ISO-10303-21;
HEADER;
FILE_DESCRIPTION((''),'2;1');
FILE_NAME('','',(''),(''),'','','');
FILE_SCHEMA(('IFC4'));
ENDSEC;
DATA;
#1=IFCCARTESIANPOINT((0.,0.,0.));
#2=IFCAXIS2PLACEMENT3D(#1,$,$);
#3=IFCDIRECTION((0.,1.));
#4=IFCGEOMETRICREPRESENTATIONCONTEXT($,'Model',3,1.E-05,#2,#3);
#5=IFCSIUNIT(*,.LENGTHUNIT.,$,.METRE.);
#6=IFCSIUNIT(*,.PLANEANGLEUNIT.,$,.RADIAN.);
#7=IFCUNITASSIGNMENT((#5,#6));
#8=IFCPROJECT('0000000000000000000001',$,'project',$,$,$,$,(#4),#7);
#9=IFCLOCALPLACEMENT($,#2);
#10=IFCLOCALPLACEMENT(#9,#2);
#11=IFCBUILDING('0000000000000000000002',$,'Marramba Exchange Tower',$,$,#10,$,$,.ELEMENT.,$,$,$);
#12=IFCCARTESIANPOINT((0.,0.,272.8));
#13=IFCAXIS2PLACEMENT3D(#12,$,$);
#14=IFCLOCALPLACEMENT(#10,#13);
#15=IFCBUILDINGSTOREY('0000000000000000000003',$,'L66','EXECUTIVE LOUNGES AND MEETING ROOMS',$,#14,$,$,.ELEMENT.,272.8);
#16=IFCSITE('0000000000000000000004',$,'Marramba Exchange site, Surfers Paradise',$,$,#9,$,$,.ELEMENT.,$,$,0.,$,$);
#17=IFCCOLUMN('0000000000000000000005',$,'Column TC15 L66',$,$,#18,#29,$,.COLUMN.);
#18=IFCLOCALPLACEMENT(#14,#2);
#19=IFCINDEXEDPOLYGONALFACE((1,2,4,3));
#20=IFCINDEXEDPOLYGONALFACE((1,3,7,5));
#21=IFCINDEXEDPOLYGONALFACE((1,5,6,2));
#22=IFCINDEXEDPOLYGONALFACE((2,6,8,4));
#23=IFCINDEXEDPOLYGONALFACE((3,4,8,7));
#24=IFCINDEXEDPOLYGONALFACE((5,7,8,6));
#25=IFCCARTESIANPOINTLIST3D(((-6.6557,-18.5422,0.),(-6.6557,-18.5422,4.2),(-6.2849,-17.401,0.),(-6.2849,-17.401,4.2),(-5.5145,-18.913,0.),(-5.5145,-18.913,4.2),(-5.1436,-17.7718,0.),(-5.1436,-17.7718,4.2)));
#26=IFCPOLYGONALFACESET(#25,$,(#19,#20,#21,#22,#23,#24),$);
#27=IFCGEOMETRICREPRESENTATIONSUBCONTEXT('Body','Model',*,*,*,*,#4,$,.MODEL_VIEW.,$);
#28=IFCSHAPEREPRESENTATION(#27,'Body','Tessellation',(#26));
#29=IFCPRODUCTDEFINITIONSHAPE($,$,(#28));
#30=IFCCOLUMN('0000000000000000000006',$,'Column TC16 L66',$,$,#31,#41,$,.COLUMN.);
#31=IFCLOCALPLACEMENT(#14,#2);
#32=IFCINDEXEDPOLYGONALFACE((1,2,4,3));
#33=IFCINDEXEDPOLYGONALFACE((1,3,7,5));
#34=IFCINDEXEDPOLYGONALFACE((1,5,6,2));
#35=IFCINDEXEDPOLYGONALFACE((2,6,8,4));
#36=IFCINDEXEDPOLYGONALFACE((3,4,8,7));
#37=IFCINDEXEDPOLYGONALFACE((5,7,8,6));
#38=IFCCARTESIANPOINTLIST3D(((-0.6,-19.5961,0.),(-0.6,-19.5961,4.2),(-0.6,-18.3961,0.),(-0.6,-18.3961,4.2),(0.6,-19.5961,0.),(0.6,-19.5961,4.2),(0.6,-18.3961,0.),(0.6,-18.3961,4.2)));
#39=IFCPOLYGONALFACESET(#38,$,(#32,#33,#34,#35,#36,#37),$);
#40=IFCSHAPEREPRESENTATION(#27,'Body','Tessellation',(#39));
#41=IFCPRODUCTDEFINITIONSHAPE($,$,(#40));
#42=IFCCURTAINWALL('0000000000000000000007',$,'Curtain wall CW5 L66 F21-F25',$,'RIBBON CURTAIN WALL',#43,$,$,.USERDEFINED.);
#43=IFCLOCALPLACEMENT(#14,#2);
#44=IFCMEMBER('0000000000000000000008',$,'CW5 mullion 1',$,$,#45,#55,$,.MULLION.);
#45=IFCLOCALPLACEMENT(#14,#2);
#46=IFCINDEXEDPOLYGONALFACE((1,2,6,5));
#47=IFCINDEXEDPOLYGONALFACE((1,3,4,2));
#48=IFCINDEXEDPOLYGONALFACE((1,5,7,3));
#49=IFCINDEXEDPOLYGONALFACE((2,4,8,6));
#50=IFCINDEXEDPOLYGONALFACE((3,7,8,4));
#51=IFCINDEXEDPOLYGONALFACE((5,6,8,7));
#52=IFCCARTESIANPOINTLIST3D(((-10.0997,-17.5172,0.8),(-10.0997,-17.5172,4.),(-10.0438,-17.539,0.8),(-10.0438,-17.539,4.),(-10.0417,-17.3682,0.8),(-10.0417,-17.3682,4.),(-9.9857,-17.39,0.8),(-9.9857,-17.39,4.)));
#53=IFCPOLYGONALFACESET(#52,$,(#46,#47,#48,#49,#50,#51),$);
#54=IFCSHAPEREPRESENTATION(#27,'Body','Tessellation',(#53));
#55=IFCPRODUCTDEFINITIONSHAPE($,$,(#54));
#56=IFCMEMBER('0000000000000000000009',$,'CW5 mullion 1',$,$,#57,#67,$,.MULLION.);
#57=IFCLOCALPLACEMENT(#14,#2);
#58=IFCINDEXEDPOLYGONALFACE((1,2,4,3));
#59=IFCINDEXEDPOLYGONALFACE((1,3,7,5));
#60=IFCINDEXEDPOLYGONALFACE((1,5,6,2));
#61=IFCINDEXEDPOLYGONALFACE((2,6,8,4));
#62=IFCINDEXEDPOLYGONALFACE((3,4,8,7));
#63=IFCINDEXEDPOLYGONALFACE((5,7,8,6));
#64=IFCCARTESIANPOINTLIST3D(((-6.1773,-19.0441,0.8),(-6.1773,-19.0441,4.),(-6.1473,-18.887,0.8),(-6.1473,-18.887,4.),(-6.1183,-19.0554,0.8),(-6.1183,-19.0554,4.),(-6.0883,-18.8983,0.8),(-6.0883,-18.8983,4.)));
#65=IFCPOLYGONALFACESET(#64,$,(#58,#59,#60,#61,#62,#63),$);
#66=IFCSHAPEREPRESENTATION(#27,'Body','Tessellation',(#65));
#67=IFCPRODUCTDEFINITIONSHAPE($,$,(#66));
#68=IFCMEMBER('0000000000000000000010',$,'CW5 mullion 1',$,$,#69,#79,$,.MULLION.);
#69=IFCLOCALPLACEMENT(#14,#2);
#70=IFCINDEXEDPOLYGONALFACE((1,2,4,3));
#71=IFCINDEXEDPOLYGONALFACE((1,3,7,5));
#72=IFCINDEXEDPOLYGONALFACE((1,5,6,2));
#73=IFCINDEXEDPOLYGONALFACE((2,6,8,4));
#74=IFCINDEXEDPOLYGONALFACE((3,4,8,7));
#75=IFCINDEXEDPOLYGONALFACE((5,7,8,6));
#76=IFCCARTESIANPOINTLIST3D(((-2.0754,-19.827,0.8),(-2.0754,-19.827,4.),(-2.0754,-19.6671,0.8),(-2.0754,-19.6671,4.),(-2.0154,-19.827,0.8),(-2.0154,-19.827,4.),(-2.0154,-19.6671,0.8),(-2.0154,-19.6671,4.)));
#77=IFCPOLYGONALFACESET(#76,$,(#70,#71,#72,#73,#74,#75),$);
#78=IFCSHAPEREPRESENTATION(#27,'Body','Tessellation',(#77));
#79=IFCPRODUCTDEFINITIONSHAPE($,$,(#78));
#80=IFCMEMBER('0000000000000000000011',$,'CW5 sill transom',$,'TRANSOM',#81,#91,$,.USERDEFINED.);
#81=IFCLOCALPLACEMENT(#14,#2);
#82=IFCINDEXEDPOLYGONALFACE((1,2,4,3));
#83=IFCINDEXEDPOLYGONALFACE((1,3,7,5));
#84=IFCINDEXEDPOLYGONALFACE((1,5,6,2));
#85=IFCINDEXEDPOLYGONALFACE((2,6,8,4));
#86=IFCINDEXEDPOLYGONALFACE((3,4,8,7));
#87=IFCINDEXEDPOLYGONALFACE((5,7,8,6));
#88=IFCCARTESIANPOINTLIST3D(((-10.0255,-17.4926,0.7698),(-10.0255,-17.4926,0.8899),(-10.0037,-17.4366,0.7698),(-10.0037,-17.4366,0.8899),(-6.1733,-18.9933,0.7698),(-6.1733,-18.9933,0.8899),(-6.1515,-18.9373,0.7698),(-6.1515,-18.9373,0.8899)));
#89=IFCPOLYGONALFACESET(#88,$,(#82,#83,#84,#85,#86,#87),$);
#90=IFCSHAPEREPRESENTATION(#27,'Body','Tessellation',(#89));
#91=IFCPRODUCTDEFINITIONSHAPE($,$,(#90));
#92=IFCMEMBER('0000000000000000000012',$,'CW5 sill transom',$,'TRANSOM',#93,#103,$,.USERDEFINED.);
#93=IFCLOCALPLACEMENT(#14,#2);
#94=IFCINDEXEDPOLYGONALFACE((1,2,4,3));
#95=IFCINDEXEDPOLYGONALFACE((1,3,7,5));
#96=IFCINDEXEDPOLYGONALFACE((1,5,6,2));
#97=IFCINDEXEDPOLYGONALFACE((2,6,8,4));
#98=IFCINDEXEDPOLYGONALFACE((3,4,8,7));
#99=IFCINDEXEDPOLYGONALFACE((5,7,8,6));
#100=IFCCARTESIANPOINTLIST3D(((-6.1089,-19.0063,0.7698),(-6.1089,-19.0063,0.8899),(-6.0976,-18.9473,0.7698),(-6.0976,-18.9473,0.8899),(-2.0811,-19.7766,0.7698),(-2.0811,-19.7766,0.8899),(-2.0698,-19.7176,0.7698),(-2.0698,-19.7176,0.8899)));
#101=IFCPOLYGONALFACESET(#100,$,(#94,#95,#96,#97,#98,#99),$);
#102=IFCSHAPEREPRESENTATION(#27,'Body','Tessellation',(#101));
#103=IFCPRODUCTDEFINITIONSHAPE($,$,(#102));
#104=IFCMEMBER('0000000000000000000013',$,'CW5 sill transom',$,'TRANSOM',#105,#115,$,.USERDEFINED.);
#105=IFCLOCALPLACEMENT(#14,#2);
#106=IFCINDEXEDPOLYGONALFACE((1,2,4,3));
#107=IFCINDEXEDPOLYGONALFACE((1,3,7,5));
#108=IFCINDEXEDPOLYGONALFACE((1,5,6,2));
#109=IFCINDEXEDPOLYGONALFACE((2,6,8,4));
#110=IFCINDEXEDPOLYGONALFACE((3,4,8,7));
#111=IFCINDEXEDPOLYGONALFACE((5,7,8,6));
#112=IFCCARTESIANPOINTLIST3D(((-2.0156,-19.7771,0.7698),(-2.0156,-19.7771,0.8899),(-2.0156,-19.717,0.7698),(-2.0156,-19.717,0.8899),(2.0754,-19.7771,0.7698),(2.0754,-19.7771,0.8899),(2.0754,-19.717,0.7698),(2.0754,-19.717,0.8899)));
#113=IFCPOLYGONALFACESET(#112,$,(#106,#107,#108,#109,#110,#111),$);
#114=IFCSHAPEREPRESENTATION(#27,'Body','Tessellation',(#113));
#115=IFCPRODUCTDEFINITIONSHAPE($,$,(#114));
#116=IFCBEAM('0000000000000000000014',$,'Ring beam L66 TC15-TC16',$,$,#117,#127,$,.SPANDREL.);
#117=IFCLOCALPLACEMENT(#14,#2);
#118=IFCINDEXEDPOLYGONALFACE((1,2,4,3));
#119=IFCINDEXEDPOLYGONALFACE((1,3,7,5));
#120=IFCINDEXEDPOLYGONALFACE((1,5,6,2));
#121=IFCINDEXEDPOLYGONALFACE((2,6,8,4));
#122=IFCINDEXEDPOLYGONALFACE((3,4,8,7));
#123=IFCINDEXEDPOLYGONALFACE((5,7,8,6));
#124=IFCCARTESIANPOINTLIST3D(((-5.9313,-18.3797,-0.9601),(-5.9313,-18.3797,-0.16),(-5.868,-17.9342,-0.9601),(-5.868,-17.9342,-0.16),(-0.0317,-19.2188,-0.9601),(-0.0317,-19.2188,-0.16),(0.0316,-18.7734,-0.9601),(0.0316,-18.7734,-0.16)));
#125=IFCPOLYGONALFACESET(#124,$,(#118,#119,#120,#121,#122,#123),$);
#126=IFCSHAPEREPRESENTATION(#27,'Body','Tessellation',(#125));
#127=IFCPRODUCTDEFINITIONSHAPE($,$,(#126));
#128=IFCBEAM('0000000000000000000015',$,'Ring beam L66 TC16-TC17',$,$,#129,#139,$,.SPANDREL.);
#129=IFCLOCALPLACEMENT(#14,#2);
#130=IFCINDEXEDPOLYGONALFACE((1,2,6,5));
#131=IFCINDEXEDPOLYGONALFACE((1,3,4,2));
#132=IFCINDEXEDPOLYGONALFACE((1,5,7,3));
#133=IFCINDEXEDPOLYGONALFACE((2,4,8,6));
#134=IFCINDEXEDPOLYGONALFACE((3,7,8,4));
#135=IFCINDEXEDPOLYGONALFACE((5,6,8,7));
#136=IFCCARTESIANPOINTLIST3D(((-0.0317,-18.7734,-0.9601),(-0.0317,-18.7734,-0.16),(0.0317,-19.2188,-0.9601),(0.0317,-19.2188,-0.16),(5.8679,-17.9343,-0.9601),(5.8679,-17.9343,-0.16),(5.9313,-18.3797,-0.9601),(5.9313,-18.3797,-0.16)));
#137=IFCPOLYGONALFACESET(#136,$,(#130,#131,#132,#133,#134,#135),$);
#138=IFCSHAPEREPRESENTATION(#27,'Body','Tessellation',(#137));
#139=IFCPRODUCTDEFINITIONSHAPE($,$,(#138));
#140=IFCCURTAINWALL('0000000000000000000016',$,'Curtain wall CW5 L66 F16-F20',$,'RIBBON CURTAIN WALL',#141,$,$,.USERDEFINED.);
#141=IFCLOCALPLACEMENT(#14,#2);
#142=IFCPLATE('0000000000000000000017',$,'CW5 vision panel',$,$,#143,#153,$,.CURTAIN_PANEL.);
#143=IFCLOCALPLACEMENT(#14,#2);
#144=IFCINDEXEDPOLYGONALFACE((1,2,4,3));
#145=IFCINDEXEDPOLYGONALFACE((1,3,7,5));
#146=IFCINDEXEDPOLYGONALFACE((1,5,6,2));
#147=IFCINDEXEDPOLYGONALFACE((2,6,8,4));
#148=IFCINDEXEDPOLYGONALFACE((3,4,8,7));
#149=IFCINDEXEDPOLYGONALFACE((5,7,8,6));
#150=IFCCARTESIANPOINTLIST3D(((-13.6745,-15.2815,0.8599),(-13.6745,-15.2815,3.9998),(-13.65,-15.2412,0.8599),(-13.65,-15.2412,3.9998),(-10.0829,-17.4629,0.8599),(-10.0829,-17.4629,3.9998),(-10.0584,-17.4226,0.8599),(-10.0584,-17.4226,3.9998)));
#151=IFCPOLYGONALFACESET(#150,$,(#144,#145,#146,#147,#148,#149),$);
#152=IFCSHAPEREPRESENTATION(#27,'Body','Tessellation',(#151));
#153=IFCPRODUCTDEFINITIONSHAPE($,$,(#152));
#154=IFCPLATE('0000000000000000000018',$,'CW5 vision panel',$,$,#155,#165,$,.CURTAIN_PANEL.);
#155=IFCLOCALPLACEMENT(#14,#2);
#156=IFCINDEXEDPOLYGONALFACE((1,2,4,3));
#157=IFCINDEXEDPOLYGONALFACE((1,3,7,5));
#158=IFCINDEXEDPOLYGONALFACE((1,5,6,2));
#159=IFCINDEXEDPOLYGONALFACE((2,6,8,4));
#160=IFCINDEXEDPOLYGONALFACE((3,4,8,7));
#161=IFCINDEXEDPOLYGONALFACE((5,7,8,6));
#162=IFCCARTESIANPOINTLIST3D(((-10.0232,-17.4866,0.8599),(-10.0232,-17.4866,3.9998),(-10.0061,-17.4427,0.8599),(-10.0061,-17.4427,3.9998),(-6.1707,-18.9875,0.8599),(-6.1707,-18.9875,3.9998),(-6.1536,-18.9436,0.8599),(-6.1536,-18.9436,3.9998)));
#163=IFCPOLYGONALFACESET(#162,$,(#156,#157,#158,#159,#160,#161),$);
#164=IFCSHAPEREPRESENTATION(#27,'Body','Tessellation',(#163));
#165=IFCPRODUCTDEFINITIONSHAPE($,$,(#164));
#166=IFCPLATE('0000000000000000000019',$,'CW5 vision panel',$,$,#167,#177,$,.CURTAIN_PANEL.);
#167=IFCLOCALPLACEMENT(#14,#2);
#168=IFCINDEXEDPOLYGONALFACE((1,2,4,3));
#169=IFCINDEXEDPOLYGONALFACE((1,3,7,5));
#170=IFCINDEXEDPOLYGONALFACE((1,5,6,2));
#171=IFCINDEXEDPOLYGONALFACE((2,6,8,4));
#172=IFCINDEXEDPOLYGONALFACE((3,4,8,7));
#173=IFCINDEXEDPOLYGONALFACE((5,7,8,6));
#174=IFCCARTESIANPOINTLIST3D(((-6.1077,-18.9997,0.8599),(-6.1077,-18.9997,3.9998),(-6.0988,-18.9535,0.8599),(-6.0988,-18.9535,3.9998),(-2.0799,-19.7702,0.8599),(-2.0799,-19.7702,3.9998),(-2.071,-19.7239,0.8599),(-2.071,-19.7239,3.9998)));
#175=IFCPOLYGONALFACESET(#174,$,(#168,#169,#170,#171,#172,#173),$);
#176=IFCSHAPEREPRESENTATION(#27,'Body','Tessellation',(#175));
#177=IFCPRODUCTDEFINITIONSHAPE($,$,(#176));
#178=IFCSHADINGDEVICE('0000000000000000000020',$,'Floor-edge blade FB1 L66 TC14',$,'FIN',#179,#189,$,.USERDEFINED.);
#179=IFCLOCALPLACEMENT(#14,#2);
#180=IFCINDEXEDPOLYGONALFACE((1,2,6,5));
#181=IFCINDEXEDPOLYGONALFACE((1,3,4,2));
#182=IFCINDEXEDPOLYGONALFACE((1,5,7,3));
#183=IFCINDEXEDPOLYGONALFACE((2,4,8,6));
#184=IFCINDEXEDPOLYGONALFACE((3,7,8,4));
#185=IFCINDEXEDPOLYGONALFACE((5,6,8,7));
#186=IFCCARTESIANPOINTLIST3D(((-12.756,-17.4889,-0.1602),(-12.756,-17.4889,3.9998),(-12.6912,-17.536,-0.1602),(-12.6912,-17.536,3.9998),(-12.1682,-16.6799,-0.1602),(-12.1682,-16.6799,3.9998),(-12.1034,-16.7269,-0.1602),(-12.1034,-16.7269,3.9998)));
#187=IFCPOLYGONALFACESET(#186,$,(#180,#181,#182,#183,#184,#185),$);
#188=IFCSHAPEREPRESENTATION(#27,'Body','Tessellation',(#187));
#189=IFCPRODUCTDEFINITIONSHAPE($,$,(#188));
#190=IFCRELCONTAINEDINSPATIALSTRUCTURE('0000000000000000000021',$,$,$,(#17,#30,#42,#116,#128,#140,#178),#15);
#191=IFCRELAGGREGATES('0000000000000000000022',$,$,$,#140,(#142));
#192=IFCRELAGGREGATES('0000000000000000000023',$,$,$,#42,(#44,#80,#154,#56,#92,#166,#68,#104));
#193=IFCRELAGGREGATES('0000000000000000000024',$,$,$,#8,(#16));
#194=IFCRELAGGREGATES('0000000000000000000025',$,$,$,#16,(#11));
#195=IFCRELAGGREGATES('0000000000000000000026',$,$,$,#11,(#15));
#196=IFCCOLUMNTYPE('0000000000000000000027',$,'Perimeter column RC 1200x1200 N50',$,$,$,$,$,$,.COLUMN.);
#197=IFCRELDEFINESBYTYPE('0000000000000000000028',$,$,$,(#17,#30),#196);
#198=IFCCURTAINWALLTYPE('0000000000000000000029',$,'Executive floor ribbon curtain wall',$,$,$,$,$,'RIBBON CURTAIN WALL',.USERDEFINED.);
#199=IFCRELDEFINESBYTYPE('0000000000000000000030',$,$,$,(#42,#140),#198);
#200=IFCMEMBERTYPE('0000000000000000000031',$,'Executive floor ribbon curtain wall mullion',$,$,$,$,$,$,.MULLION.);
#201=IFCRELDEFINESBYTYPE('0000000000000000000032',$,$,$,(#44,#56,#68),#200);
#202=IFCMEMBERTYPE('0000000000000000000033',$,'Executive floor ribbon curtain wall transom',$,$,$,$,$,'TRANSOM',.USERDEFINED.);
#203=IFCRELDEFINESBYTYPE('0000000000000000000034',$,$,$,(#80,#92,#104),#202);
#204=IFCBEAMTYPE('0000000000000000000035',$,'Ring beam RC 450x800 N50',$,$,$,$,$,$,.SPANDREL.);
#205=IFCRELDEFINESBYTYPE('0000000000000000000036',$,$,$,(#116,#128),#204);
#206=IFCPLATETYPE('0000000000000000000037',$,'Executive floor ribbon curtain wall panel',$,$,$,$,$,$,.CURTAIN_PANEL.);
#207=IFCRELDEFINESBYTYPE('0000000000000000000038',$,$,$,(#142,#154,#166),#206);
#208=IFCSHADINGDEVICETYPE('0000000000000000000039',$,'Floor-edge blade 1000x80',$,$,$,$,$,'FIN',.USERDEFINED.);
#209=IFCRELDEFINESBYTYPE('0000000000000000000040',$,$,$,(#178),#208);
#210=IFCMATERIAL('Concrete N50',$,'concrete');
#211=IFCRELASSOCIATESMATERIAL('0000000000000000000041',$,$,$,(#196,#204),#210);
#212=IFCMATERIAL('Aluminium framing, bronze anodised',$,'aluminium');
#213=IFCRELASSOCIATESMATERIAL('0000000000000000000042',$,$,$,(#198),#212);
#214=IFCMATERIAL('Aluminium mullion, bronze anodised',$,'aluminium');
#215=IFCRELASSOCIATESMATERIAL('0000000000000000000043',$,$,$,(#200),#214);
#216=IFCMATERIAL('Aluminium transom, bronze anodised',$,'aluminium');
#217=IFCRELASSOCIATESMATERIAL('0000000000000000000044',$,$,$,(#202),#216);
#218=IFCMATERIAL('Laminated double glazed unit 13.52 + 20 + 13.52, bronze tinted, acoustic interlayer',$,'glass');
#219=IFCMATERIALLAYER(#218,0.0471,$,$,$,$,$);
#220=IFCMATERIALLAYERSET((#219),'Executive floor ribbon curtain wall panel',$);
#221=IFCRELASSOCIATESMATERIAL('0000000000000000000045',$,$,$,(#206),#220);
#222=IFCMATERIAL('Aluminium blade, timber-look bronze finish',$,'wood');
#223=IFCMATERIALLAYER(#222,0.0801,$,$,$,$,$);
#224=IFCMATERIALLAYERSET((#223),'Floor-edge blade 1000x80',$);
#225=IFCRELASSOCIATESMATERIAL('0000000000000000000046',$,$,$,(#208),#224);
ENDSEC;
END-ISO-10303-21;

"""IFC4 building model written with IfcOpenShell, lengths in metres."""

from ifc_helpers import new_model, si_unit, direction, frame, origin, origin_2d, place, context, subcontext, project, spatial, rectangle, extrude, material, layer, layer_set, material_profile, profile_set, type_object, element, aggregate, save


model = new_model("IFC4")

# Units and contexts
model_context = context("Model", 3, precision=1e-05, world=origin(), true_north=direction((0.0, 1.0)))
body_context = subcontext(model_context, "Body", "Model", "MODEL_VIEW")
ifc_project = project(units=[si_unit("LENGTHUNIT", "METRE"), si_unit("PLANEANGLEUNIT", "RADIAN")], contexts=[model_context])

# Site, building, storey
site_placement = place(None, origin())
site = spatial("IfcSite", under=ifc_project, at=site_placement, Name="Marramba Exchange site, Surfers Paradise", CompositionType="ELEMENT", RefElevation=0.0)
building_placement = place(site_placement, origin())
building = spatial("IfcBuilding", under=site, at=building_placement, Name="Marramba Exchange Tower", CompositionType="ELEMENT")
storey_placement = place(building_placement, frame((0.0, 0.0, 272.8)))
storey = spatial("IfcBuildingStorey", under=building, at=storey_placement, Name="L66", Description="EXECUTIVE LOUNGES AND MEETING ROOMS", CompositionType="ELEMENT", Elevation=272.8)

# Columns
ifc_material_1 = material(Name="Concrete N50", Category="concrete")
ifc_material_profile_1 = material_profile(ifc_material_1, rectangle(XDim=1.2, YDim=1.2, at=origin_2d()), Name="RC 1200x1200")
ifc_profile_set_1 = profile_set([ifc_material_profile_1], Name="Concrete N50")
column_type = type_object("IfcColumnType", Name="Perimeter column RC 1200x1200 N50", PredefinedType="COLUMN", material=ifc_profile_set_1)
for number, where, z_axis, x_axis, name in (
    (1, (-5.8997, -18.157, 0.0), (0.0, 0.0, 1.0), (-0.309017, -0.951057, 0.0), "Column TC15 L66"),
    (2, (0.0, -18.9961, 0.0), (0.0, 0.0, 1.0), (0.0, -1.0, 0.0), "Column TC16 L66"),
):
    element("IfcColumn", number, at=place(storey_placement, frame(where, z_axis=z_axis, x_axis=x_axis)), inside=storey, type_object=column_type, Name=name, PredefinedType="COLUMN", context=body_context, shape_type="SweptSolid", body=[
        extrude(rectangle(XDim=1.2, YDim=1.2, at=origin_2d()), origin(), (0.0, 0.0, 1.0), 4.2),
    ])

# Curtain wall, members
ifc_material_2 = material(Name="Aluminium framing, bronze anodised", Category="aluminium")
curtain_wall_type = type_object("IfcCurtainWallType", Name="Executive floor ribbon curtain wall", ElementType="RIBBON CURTAIN WALL", PredefinedType="USERDEFINED", material=ifc_material_2)
curtain_wall_1_placement = place(storey_placement, origin())
curtain_wall_1 = element("IfcCurtainWall", 3, at=curtain_wall_1_placement, inside=storey, type_object=curtain_wall_type, Name="Curtain wall CW5 L66 F21-F25", ObjectType="RIBBON CURTAIN WALL", PredefinedType="USERDEFINED")
ifc_material_3 = material(Name="Aluminium mullion, bronze anodised", Category="aluminium")
ifc_material_profile_2 = material_profile(ifc_material_3, rectangle(XDim=0.1599, YDim=0.0601, at=origin_2d()), Name="CW5 mullion 60x160")
ifc_profile_set_2 = profile_set([ifc_material_profile_2], Name="Aluminium mullion, bronze anodised")
member_type_1 = type_object("IfcMemberType", Name="Executive floor ribbon curtain wall mullion", PredefinedType="MULLION", material=ifc_profile_set_2)
member_1_placement = place(storey_placement, frame((-10.0427, -17.4536, 0.8), z_axis=(0.0, 0.0, 1.0), x_axis=(0.36301, 0.931785, 0.0)))
member_1 = element("IfcMember", 4, at=member_1_placement, type_object=member_type_1, Name="CW5 mullion 1", PredefinedType="MULLION", context=body_context, shape_type="SweptSolid", body=[
    extrude(rectangle(XDim=0.1599, YDim=0.0601, at=origin_2d()), origin(), (0.0, 0.0, 1.0), 3.2),
])
member_2_placement = place(storey_placement, frame((-6.1328, -18.9712, 0.8), z_axis=(0.0, 0.0, 1.0), x_axis=(0.187873, 0.982193, 0.0)))
member_2 = element("IfcMember", 5, at=member_2_placement, type_object=member_type_1, Name="CW5 mullion 1", PredefinedType="MULLION", context=body_context, shape_type="SweptSolid", body=[
    extrude(rectangle(XDim=0.1599, YDim=0.0601, at=origin_2d()), origin(), (0.0, 0.0, 1.0), 3.2),
])
member_3_placement = place(storey_placement, frame((-2.0454, -19.7471, 0.8), z_axis=(0.0, 0.0, 1.0), x_axis=(0.0, 1.0, 0.0)))
member_3 = element("IfcMember", 6, at=member_3_placement, type_object=member_type_1, Name="CW5 mullion 1", PredefinedType="MULLION", context=body_context, shape_type="SweptSolid", body=[
    extrude(rectangle(XDim=0.1599, YDim=0.0601, at=origin_2d()), origin(), (0.0, 0.0, 1.0), 3.2),
])
ifc_material_4 = material(Name="Aluminium transom, bronze anodised", Category="aluminium")
ifc_material_profile_3 = material_profile(ifc_material_4, rectangle(XDim=0.0601, YDim=0.1201, at=origin_2d()), Name="CW5 transom 60x120")
ifc_profile_set_3 = profile_set([ifc_material_profile_3], Name="Aluminium transom, bronze anodised")
member_type_2 = type_object("IfcMemberType", Name="Executive floor ribbon curtain wall transom", ElementType="TRANSOM", PredefinedType="USERDEFINED", material=ifc_profile_set_3)
member_4_placement = place(storey_placement, frame((-10.0146, -17.4646, 0.8298), z_axis=(0.931791, -0.362996, 0.0), x_axis=(0.362996, 0.931791, 0.0)))
member_4 = element("IfcMember", 7, at=member_4_placement, type_object=member_type_2, Name="CW5 sill transom", ObjectType="TRANSOM", PredefinedType="USERDEFINED", context=body_context, shape_type="SweptSolid", body=[
    extrude(rectangle(XDim=0.0601, YDim=0.1201, at=origin_2d()), origin(), (0.0, 0.0, 1.0), 4.1343),
])
member_5_placement = place(storey_placement, frame((-6.1033, -18.9768, 0.8298), z_axis=(0.982201, -0.187832, 0.0), x_axis=(0.187832, 0.982201, 0.0)))
member_5 = element("IfcMember", 8, at=member_5_placement, type_object=member_type_2, Name="CW5 sill transom", ObjectType="TRANSOM", PredefinedType="USERDEFINED", context=body_context, shape_type="SweptSolid", body=[
    extrude(rectangle(XDim=0.0601, YDim=0.1201, at=origin_2d()), origin(), (0.0, 0.0, 1.0), 4.1008),
])
member_6_placement = place(storey_placement, frame((-2.0156, -19.7471, 0.8298), z_axis=(1.0, 0.0, 0.0), x_axis=(0.0, 1.0, 0.0)))
member_6 = element("IfcMember", 9, at=member_6_placement, type_object=member_type_2, Name="CW5 sill transom", ObjectType="TRANSOM", PredefinedType="USERDEFINED", context=body_context, shape_type="SweptSolid", body=[
    extrude(rectangle(XDim=0.0601, YDim=0.1201, at=origin_2d()), origin(), (0.0, 0.0, 1.0), 4.0911),
])

# Beams
ifc_material_profile_4 = material_profile(ifc_material_1, rectangle(XDim=0.45, YDim=0.8, at=origin_2d()), Name="RC 450x800")
ifc_profile_set_4 = profile_set([ifc_material_profile_4], Name="Concrete N50")
beam_type = type_object("IfcBeamType", Name="Ring beam RC 450x800 N50", PredefinedType="SPANDREL", material=ifc_profile_set_4)
for number, where, z_axis, x_axis, name in (
    (10, (-5.8997, -18.157, -0.5601), (0.990036, -0.140813, 0.0), (0.140813, 0.990036, 0.0), "Ring beam L66 TC15-TC16"),
    (11, (0.0, -18.9961, -0.5601), (0.990036, 0.140813, 0.0), (-0.140813, 0.990036, 0.0), "Ring beam L66 TC16-TC17"),
):
    element("IfcBeam", number, at=place(storey_placement, frame(where, z_axis=z_axis, x_axis=x_axis)), inside=storey, type_object=beam_type, Name=name, PredefinedType="SPANDREL", context=body_context, shape_type="SweptSolid", body=[
        extrude(rectangle(XDim=0.45, YDim=0.8, at=origin_2d()), origin(), (0.0, 0.0, 1.0), 5.959),
    ])

# Curtain wall, plate
curtain_wall_2_placement = place(storey_placement, origin())
curtain_wall_2 = element("IfcCurtainWall", 12, at=curtain_wall_2_placement, inside=storey, type_object=curtain_wall_type, Name="Curtain wall CW5 L66 F16-F20", ObjectType="RIBBON CURTAIN WALL", PredefinedType="USERDEFINED")
ifc_material_5 = material(Name="Laminated double glazed unit 13.52 + 20 + 13.52, bronze tinted, acoustic interlayer", Category="glass")
ifc_layer_1 = layer(ifc_material_5, 0.0471)
ifc_layer_set_1 = layer_set([ifc_layer_1], Name="Executive floor ribbon curtain wall panel")
plate_type = type_object("IfcPlateType", Name="Executive floor ribbon curtain wall panel", PredefinedType="CURTAIN_PANEL", material=ifc_layer_set_1)
plate_1_placement = place(storey_placement, frame((-11.8665, -16.3521, 0.8599), z_axis=(0.0, 0.0, 1.0), x_axis=(0.854704, -0.519115, 0.0)))
plate_1 = element("IfcPlate", 13, at=plate_1_placement, type_object=plate_type, Name="CW5 vision panel", PredefinedType="CURTAIN_PANEL", context=body_context, shape_type="SweptSolid", body=[
    extrude(rectangle(XDim=4.2021, YDim=0.0471, at=origin_2d()), origin(), (0.0, 0.0, 1.0), 3.1399),
])
aggregate(curtain_wall_2, [plate_1])

# Plates
plate_2_placement = place(storey_placement, frame((-8.0884, -18.2151, 0.8599), z_axis=(0.0, 0.0, 1.0), x_axis=(0.931785, -0.36301, 0.0)))
plate_2 = element("IfcPlate", 14, at=plate_2_placement, type_object=plate_type, Name="CW5 vision panel", PredefinedType="CURTAIN_PANEL", context=body_context, shape_type="SweptSolid", body=[
    extrude(rectangle(XDim=4.1345, YDim=0.0471, at=origin_2d()), origin(), (0.0, 0.0, 1.0), 3.1399),
])
plate_3_placement = place(storey_placement, frame((-4.0894, -19.3618, 0.8599), z_axis=(0.0, 0.0, 1.0), x_axis=(0.982193, -0.187873, 0.0)))
plate_3 = element("IfcPlate", 15, at=plate_3_placement, type_object=plate_type, Name="CW5 vision panel", PredefinedType="CURTAIN_PANEL", context=body_context, shape_type="SweptSolid", body=[
    extrude(rectangle(XDim=4.1008, YDim=0.0471, at=origin_2d()), origin(), (0.0, 0.0, 1.0), 3.1399),
])
aggregate(curtain_wall_1, [member_1, member_4, plate_2, member_2, member_5, plate_3, member_3, member_6])

# Shading device
ifc_material_6 = material(Name="Aluminium blade, timber-look bronze finish", Category="wood")
ifc_layer_2 = layer(ifc_material_6, 0.0801)
ifc_layer_set_2 = layer_set([ifc_layer_2], Name="Floor-edge blade 1000x80")
shading_device_type_1 = type_object("IfcShadingDeviceType", Name="Floor-edge blade 1000x80", ElementType="FIN", PredefinedType="USERDEFINED", material=ifc_layer_set_2)
for number, where, z_axis, x_axis, name in (
    (16, (-12.4297, -17.1079, -0.1602), (0.0, 0.0, 1.0), (-0.587785, -0.809017, 0.0), "Floor-edge blade FB1 L66 TC14"),
):
    element("IfcShadingDevice", number, at=place(storey_placement, frame(where, z_axis=z_axis, x_axis=x_axis)), inside=storey, type_object=shading_device_type_1, Name=name, ObjectType="FIN", PredefinedType="USERDEFINED", context=body_context, shape_type="SweptSolid", body=[
        extrude(rectangle(XDim=1.0, YDim=0.0801, at=origin_2d()), origin(), (0.0, 0.0, 1.0), 4.1599),
    ])

save(model, "model.ifc")
